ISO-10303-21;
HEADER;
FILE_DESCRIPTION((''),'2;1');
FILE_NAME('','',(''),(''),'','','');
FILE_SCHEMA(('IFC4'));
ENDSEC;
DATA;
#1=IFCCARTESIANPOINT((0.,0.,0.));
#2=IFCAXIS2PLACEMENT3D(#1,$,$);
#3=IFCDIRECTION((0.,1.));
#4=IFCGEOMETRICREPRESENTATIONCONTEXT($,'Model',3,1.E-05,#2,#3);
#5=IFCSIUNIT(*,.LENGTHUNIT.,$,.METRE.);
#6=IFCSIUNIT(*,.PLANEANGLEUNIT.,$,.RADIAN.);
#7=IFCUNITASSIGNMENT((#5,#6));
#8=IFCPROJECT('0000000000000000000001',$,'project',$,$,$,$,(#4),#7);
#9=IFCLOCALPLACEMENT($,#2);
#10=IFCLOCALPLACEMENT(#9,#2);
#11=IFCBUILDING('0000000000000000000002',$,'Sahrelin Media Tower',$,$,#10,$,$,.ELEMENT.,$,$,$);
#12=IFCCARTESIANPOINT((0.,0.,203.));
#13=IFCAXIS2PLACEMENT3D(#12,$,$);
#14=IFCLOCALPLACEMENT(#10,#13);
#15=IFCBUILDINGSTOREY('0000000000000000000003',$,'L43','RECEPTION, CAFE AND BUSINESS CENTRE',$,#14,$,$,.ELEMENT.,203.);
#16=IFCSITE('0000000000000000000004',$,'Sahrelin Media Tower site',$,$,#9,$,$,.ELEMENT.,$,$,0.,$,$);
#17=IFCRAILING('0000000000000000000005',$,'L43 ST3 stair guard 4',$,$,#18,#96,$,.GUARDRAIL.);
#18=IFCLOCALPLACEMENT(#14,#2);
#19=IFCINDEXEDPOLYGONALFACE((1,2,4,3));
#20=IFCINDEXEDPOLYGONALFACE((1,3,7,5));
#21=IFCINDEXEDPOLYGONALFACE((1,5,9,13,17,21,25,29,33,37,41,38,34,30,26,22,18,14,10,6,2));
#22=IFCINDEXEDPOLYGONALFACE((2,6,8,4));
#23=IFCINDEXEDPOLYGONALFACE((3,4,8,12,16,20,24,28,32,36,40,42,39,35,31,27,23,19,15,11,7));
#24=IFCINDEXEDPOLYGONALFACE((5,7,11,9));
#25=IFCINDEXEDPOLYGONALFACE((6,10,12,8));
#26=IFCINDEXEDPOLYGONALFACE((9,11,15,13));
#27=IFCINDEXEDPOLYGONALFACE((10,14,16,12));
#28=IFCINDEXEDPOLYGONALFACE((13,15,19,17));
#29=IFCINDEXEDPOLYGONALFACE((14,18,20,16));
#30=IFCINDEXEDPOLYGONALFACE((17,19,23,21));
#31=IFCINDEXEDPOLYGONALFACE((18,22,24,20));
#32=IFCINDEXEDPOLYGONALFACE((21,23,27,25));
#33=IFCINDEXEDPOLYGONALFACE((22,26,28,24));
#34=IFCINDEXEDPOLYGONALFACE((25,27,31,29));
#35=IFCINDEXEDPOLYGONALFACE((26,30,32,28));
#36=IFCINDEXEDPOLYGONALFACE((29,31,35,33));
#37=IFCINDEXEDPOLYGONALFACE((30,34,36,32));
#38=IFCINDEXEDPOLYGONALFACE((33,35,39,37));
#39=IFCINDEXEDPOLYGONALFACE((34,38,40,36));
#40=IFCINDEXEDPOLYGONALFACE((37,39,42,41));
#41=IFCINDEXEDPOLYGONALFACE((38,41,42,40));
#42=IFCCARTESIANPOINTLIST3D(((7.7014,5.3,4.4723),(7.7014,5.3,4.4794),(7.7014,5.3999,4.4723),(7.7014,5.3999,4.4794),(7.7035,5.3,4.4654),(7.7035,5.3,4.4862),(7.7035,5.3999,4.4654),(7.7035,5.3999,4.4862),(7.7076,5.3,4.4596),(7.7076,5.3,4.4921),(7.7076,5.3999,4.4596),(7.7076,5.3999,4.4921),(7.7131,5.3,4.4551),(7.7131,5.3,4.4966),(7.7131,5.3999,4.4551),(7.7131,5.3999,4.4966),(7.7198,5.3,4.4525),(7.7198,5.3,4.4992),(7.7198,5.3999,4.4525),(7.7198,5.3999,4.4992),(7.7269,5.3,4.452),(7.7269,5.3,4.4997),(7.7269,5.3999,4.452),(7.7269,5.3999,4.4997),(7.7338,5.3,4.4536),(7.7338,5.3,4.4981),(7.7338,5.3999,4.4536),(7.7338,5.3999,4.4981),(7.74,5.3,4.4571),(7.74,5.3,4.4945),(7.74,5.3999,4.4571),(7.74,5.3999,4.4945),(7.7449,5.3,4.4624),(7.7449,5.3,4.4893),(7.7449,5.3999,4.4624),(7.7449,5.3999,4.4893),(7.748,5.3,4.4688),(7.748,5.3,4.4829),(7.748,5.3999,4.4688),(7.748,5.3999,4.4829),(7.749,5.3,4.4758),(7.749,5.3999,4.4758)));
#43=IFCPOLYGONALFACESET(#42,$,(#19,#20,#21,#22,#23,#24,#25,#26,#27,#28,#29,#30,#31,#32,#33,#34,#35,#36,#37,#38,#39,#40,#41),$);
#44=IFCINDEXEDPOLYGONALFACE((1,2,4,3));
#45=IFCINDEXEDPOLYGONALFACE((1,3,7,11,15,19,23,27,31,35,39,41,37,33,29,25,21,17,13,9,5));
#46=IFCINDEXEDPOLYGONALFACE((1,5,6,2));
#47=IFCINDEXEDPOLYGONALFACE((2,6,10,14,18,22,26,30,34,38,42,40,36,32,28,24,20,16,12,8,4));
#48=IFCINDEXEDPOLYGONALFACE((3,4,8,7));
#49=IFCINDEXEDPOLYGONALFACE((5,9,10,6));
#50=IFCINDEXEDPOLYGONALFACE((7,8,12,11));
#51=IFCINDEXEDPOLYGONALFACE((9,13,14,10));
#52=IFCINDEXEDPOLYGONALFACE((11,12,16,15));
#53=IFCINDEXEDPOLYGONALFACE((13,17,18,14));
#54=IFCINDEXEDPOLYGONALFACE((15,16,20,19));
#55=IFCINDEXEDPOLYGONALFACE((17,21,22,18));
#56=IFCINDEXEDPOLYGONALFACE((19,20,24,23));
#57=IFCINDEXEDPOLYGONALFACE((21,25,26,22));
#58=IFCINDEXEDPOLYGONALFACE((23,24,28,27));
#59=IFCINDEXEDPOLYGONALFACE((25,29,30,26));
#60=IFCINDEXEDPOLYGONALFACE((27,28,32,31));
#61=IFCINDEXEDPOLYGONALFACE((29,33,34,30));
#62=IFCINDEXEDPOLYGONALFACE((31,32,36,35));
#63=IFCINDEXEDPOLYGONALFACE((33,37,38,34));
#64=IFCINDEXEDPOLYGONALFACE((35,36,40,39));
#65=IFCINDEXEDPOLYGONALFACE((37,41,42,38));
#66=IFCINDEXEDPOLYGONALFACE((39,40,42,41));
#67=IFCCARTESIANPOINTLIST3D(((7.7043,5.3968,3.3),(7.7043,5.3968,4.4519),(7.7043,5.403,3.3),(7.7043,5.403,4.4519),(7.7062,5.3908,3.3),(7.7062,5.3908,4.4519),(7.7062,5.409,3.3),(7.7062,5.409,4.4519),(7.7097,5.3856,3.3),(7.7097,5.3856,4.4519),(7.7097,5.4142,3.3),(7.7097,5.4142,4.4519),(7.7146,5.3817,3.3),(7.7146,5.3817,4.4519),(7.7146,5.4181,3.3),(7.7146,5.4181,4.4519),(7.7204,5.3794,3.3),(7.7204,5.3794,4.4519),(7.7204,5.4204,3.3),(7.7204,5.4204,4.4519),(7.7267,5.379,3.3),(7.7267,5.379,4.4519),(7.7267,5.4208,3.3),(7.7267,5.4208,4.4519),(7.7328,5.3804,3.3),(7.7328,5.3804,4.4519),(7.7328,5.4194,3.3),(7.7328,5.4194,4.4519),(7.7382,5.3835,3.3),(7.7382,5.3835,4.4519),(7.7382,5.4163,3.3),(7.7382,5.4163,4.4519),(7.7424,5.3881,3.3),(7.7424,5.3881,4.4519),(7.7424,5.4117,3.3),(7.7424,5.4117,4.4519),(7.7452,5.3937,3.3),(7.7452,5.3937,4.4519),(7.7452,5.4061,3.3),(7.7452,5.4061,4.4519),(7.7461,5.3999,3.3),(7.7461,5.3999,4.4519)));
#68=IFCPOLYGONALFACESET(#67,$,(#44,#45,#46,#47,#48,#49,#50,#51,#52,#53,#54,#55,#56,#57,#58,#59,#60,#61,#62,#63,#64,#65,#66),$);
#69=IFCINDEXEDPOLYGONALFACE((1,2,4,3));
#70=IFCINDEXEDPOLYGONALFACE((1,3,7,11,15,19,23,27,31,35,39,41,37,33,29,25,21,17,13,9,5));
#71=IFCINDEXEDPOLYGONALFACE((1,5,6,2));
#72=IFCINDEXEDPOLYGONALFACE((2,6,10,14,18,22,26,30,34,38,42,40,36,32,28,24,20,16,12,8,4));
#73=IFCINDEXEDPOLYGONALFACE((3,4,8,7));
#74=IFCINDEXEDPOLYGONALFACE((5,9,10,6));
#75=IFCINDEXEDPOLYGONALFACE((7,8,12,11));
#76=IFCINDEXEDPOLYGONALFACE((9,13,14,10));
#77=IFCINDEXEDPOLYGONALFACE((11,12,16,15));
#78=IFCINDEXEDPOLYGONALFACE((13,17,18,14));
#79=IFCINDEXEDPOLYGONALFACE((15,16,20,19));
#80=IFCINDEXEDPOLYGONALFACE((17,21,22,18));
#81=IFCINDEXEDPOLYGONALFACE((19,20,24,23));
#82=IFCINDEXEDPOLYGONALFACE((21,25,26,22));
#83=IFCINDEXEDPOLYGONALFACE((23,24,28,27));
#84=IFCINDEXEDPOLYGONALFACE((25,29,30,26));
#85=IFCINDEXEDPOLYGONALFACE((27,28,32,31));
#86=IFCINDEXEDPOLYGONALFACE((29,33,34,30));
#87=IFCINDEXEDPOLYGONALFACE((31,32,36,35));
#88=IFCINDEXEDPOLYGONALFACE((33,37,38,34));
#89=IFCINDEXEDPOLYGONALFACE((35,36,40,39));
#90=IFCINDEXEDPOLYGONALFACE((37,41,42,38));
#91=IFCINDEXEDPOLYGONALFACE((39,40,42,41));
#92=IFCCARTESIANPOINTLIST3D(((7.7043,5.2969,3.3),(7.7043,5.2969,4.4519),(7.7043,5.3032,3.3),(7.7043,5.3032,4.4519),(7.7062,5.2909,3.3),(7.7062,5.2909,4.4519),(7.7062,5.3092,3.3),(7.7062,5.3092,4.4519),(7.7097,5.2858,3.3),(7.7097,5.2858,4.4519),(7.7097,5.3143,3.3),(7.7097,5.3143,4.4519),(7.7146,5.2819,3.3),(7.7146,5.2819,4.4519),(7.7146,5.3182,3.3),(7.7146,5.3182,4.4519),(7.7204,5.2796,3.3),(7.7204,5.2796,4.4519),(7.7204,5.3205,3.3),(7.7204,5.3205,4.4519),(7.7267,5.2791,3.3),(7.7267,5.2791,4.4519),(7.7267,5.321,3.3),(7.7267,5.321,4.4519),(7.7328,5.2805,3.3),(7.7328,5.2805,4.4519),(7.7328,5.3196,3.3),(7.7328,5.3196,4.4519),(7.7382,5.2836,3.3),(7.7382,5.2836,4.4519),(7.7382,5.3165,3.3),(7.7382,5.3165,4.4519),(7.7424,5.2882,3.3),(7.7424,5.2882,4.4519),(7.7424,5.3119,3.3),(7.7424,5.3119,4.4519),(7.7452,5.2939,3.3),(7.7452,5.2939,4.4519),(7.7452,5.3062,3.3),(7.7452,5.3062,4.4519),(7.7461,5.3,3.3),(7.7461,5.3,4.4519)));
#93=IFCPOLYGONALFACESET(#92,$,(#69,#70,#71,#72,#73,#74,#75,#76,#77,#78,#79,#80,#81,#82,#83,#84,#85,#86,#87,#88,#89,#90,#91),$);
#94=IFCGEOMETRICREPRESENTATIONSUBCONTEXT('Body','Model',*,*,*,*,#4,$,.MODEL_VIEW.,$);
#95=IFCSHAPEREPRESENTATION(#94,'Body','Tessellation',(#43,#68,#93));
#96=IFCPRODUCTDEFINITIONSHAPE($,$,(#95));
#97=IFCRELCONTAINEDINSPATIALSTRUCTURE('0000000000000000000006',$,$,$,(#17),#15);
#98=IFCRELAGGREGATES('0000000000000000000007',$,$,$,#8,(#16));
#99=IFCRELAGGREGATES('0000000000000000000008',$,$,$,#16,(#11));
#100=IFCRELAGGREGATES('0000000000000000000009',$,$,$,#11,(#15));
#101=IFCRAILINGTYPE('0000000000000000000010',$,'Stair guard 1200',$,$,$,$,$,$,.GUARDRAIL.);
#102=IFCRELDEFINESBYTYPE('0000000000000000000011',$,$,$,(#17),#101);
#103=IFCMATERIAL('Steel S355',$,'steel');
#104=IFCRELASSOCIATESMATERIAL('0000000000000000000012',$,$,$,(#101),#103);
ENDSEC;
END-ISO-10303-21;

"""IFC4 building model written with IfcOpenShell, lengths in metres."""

from ifc_helpers import new_model, si_unit, direction, frame, origin, origin_2d, place, context, subcontext, project, spatial, circle, extrude, material, type_object, element, save


model = new_model("IFC4")

# Units and contexts
model_context = context("Model", 3, precision=1e-05, world=origin(), true_north=direction((0.0, 1.0)))
body_context = subcontext(model_context, "Body", "Model", "MODEL_VIEW")
ifc_project = project(units=[si_unit("LENGTHUNIT", "METRE"), si_unit("PLANEANGLEUNIT", "RADIAN")], contexts=[model_context])

# Site, building, storey
site_placement = place(None, origin())
site = spatial("IfcSite", under=ifc_project, at=site_placement, Name="Sahrelin Media Tower site", CompositionType="ELEMENT", RefElevation=0.0)
building_placement = place(site_placement, origin())
building = spatial("IfcBuilding", under=site, at=building_placement, Name="Sahrelin Media Tower", CompositionType="ELEMENT")
storey_placement = place(building_placement, frame((0.0, 0.0, 203.0)))
storey = spatial("IfcBuildingStorey", under=building, at=storey_placement, Name="L43", Description="RECEPTION, CAFE AND BUSINESS CENTRE", CompositionType="ELEMENT", Elevation=203.0)

# Railing
ifc_material_1 = material(Name="Steel S355", Category="steel")
railing_type_1 = type_object("IfcRailingType", Name="Stair guard 1200", PredefinedType="GUARDRAIL", material=ifc_material_1)
railing_1_placement = place(storey_placement, frame((7.7251, 5.3999, 3.3)))
element("IfcRailing", 1, at=railing_1_placement, inside=storey, type_object=railing_type_1, Name="L43 ST3 stair guard 4", PredefinedType="GUARDRAIL", context=body_context, shape_type="SweptSolid", body=[
    extrude(circle(Radius=0.0239, at=origin_2d()), frame((0.0, 0.0, 1.1758), z_axis=(0.0, -1.0, 0.0), x_axis=(1.0, 0.0, 0.0)), (0.0, 0.0, 1.0), 0.0999),
    extrude(circle(Radius=0.021, at=origin_2d()), origin(), (0.0, 0.0, 1.0), 1.1519),
    extrude(circle(Radius=0.021, at=origin_2d()), frame((0.0, -0.0999, 0.0)), (0.0, 0.0, 1.0), 1.1519),
])

save(model, "model.ifc")
